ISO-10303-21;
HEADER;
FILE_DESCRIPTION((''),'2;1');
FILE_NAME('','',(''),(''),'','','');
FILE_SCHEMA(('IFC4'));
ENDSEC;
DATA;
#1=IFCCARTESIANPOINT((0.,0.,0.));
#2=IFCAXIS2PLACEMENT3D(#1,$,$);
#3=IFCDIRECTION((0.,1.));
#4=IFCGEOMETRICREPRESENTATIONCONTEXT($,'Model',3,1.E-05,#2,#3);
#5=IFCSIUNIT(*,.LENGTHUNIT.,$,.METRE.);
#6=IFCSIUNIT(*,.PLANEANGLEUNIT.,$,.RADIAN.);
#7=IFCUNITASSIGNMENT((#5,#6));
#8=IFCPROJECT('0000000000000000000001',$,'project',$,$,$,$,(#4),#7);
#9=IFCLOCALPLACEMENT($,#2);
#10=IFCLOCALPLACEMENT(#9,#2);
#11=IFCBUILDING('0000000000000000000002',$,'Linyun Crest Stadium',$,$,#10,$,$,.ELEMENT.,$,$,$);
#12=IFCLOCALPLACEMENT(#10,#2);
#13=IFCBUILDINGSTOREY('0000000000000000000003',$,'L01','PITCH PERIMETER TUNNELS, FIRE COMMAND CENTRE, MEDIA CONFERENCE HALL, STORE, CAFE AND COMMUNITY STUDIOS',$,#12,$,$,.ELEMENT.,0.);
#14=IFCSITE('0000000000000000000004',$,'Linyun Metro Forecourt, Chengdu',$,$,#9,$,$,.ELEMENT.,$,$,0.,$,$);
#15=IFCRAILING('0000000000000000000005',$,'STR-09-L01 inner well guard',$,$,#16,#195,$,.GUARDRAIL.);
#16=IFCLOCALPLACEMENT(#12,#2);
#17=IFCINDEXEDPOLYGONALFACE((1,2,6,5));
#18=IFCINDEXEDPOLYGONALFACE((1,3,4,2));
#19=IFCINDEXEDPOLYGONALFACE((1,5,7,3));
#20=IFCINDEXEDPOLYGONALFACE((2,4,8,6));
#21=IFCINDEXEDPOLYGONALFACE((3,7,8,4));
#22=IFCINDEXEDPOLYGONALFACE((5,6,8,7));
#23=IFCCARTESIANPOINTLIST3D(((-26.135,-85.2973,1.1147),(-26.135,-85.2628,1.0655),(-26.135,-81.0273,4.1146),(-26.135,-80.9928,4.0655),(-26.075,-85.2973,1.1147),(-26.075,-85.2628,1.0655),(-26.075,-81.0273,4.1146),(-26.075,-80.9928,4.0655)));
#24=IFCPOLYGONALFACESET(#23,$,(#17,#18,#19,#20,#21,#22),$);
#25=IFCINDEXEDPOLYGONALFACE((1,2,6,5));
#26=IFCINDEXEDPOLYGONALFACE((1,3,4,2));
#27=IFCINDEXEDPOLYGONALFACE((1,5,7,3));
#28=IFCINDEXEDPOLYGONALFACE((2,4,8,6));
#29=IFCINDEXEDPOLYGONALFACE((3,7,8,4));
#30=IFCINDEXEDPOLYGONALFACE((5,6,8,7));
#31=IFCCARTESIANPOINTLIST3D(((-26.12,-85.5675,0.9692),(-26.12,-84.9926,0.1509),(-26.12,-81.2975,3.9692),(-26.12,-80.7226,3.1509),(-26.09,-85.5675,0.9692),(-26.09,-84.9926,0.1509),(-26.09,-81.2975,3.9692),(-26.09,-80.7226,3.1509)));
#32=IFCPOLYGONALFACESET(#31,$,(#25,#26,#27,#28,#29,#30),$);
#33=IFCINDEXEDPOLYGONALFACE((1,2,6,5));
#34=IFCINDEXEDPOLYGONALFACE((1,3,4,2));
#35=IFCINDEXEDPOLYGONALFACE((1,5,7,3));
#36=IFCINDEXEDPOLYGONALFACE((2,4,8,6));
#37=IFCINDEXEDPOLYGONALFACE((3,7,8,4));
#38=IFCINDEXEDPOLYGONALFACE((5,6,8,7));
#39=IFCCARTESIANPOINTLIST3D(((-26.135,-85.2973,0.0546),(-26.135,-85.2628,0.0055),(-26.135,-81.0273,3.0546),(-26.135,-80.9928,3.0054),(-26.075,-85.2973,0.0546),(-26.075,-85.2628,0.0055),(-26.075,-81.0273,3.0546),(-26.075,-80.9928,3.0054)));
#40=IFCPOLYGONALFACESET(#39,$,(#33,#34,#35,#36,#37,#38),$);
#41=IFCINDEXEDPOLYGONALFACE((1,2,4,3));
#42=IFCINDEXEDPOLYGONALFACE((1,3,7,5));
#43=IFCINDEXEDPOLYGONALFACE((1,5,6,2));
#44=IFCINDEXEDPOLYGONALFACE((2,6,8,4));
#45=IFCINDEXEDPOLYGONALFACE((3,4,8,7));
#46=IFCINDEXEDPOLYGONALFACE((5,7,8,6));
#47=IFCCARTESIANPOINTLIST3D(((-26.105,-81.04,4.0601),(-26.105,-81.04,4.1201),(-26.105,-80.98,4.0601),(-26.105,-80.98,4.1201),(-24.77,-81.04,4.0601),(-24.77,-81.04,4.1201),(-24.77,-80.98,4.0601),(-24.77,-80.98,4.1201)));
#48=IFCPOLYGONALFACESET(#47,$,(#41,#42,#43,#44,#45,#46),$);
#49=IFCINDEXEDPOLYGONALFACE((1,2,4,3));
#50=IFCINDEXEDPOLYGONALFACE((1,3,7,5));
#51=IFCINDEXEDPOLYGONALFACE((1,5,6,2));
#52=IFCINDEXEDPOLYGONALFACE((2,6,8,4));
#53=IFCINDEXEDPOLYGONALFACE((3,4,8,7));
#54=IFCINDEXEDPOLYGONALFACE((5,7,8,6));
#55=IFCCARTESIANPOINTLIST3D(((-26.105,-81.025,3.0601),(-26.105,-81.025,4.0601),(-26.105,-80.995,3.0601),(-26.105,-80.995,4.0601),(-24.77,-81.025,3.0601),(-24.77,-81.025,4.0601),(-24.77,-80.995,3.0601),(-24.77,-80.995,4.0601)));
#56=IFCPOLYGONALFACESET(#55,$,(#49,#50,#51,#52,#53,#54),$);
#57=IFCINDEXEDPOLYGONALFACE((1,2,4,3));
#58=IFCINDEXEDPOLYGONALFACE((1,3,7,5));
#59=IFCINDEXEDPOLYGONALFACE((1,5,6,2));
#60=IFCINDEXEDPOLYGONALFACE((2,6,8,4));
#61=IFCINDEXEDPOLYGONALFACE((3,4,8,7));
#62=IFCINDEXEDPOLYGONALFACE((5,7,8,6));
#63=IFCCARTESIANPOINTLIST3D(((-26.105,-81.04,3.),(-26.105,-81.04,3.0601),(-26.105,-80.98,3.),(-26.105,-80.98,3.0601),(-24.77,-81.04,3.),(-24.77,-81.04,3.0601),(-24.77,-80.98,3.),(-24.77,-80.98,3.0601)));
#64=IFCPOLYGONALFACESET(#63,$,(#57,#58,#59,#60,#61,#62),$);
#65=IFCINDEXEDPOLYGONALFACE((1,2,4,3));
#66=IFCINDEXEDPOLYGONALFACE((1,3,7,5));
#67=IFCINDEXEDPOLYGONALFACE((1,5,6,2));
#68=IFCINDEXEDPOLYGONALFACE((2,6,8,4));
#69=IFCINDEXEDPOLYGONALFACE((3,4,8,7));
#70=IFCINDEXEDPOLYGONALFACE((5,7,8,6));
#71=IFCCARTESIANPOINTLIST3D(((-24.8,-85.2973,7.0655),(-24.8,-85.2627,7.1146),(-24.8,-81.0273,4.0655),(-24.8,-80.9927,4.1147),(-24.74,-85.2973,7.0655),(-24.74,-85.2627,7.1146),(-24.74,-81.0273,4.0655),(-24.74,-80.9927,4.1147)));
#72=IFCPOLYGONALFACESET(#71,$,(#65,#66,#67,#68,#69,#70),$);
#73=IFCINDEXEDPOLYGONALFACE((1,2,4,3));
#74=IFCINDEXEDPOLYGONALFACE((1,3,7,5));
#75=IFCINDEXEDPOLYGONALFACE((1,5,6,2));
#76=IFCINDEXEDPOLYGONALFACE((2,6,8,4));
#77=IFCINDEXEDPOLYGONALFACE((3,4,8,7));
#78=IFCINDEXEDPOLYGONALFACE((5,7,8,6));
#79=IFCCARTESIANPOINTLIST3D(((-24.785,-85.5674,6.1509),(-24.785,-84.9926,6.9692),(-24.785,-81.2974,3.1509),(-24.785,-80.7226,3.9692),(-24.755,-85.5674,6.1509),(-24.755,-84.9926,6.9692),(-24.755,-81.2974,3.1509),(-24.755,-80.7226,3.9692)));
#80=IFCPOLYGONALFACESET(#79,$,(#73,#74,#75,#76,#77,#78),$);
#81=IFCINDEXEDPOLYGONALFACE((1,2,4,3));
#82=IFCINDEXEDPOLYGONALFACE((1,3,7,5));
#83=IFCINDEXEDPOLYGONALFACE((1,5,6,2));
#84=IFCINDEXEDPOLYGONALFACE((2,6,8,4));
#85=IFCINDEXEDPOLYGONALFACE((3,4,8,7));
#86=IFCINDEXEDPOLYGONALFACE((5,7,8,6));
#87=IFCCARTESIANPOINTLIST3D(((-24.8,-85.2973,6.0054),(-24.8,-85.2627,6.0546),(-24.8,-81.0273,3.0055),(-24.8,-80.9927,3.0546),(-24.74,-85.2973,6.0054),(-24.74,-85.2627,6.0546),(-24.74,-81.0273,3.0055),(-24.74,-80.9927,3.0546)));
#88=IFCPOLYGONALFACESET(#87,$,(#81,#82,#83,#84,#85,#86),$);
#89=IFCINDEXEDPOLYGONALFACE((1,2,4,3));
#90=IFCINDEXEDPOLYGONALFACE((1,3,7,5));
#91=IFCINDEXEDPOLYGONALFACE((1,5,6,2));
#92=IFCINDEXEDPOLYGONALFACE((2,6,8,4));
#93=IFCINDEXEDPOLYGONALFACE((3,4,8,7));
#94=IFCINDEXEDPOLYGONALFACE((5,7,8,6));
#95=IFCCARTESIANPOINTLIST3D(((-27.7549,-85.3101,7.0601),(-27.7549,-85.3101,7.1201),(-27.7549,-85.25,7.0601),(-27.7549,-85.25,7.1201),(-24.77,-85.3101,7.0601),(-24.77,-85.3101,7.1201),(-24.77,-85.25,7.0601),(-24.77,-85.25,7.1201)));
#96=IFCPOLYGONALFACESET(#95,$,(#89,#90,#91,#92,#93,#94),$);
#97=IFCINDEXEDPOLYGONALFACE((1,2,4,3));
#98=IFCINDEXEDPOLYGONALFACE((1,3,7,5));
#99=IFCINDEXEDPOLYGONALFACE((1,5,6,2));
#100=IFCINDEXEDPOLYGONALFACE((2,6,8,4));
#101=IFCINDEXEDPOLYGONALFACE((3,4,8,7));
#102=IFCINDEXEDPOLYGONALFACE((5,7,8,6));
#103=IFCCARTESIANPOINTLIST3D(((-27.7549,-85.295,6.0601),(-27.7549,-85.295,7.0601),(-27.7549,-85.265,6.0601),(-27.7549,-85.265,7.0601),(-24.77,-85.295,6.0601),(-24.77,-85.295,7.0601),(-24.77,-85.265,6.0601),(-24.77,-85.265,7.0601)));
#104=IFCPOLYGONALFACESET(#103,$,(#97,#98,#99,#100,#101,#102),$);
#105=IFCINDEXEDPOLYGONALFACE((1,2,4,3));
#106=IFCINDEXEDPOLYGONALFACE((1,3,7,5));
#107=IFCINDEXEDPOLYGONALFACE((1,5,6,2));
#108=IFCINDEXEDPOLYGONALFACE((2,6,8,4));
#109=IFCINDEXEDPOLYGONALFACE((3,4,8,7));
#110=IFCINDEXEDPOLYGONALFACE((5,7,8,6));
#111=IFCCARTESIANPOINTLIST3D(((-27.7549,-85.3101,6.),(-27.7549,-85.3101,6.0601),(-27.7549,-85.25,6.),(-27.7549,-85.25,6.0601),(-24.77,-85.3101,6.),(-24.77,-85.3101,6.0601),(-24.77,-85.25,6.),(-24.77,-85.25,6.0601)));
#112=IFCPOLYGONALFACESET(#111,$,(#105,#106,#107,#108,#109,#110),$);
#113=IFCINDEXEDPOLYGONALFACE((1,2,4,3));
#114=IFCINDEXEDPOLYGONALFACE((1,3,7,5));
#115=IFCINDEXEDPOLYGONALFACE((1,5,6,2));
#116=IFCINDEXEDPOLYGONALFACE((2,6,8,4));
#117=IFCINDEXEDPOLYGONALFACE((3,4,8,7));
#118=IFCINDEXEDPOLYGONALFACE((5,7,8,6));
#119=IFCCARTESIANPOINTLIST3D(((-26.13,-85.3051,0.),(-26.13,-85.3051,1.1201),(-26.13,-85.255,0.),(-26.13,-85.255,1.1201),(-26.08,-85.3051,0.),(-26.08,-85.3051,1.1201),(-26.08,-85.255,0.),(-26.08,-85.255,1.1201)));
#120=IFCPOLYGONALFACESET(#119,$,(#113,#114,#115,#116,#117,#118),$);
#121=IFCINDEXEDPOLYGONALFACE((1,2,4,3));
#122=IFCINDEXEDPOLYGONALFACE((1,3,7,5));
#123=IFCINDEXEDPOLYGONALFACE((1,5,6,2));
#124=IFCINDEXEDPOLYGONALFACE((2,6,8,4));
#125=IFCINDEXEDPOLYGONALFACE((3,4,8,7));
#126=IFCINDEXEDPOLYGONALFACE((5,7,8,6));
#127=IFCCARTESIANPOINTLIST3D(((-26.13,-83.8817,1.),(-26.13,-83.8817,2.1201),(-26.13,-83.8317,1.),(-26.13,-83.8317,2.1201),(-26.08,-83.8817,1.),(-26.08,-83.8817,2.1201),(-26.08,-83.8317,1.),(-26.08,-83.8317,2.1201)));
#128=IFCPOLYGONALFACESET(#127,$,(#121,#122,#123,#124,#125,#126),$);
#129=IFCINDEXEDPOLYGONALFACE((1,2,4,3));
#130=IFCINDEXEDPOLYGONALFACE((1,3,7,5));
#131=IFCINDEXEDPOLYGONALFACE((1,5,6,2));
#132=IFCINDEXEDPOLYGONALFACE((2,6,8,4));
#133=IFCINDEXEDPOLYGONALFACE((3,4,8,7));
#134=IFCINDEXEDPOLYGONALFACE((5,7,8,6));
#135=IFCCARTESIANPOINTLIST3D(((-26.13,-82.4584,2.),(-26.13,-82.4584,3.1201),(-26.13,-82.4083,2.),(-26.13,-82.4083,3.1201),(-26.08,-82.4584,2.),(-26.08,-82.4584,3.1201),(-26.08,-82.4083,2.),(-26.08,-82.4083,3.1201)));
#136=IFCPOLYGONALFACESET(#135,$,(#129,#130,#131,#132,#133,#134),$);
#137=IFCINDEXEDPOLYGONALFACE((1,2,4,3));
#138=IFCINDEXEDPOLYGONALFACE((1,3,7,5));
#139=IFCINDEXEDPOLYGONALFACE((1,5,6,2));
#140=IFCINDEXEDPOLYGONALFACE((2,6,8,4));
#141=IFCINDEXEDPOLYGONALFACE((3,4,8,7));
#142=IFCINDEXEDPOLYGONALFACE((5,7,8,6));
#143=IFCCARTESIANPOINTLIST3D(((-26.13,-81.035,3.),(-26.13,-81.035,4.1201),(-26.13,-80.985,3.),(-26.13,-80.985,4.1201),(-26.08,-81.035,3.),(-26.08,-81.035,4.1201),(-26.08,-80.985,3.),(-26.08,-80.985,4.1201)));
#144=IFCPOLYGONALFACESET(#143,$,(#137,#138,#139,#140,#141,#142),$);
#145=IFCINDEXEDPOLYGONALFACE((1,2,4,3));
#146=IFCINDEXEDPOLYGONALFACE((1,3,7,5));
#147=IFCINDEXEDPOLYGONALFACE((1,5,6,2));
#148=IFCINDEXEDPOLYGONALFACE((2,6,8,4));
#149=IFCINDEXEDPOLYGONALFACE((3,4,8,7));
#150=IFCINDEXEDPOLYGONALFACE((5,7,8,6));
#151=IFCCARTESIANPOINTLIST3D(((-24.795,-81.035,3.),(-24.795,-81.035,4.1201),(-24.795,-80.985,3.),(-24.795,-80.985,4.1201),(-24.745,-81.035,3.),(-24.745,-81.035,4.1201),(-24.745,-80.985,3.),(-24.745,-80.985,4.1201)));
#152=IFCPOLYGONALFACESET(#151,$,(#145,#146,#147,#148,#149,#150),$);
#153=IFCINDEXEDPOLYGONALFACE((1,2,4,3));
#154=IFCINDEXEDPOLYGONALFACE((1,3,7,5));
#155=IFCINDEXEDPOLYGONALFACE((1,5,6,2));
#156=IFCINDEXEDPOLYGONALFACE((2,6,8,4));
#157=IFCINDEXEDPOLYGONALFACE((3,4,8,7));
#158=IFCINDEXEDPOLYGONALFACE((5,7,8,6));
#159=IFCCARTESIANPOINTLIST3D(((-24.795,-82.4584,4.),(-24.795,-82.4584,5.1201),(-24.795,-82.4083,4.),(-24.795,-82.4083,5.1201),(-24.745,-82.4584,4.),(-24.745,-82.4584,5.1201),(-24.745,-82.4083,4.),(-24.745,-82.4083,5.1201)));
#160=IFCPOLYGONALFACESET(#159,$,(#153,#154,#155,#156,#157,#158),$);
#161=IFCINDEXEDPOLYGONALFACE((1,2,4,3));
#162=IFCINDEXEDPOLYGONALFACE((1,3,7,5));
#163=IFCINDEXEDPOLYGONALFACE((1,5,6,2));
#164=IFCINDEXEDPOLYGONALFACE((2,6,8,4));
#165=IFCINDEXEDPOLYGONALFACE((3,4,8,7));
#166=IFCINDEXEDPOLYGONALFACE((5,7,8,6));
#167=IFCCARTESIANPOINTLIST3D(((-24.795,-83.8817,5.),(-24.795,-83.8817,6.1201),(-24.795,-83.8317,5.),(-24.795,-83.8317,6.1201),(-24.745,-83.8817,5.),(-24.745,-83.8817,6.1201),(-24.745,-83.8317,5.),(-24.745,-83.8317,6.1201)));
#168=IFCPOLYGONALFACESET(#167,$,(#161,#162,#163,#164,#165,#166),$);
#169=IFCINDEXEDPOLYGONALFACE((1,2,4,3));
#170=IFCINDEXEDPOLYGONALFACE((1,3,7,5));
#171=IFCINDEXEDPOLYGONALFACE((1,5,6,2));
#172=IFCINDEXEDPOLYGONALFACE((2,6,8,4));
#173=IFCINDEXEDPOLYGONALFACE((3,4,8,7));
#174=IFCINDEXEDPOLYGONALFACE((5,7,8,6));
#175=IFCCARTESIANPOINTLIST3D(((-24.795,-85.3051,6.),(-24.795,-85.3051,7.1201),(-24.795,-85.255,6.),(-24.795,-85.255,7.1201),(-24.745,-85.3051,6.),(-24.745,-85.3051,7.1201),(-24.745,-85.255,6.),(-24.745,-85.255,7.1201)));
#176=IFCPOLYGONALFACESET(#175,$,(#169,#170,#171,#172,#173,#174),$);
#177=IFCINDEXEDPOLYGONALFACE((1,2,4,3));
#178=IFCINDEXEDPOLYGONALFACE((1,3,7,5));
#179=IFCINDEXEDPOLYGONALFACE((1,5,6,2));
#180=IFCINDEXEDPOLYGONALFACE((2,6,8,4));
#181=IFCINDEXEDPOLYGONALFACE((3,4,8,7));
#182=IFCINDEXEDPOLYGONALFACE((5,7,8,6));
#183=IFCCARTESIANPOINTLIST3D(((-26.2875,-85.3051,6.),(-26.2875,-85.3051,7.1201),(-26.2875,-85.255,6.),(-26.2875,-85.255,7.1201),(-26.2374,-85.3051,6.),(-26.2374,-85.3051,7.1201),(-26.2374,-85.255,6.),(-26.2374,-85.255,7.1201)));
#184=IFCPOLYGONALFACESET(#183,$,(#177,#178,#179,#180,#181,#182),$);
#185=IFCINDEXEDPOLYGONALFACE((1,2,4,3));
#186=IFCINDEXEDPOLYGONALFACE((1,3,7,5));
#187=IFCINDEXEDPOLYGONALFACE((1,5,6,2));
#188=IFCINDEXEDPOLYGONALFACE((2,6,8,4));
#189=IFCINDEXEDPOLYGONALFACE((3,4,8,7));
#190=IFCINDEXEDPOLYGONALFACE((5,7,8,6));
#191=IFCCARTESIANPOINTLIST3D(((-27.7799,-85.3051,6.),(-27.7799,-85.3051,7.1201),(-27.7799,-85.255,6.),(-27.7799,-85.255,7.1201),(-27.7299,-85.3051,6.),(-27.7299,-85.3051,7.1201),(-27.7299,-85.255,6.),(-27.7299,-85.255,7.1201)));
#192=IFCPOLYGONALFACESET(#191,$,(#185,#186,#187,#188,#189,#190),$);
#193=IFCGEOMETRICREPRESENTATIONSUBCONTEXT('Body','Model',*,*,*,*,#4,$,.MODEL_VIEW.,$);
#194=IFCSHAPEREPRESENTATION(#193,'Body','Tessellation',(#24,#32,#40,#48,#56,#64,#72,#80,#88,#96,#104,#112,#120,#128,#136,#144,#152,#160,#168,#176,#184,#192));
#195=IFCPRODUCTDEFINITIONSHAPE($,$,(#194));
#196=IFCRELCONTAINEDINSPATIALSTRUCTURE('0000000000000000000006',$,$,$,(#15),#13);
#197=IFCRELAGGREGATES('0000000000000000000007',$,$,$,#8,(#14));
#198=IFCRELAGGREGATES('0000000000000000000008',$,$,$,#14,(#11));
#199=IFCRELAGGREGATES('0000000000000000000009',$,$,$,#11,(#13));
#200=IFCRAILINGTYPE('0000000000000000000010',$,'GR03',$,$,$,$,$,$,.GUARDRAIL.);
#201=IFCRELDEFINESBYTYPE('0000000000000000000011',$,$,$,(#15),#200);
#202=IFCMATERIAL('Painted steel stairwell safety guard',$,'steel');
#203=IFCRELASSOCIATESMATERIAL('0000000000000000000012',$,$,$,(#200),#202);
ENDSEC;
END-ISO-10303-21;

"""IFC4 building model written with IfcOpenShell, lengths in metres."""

from ifc_helpers import new_model, si_unit, direction, frame, origin, origin_2d, place, context, subcontext, project, spatial, rectangle, extrude, material, type_object, element, save


model = new_model("IFC4")

# Units and contexts
model_context = context("Model", 3, precision=1e-05, world=origin(), true_north=direction((0.0, 1.0)))
body_context = subcontext(model_context, "Body", "Model", "MODEL_VIEW")
ifc_project = project(units=[si_unit("LENGTHUNIT", "METRE"), si_unit("PLANEANGLEUNIT", "RADIAN")], contexts=[model_context])

# Site, building, storey
site_placement = place(None, origin())
site = spatial("IfcSite", under=ifc_project, at=site_placement, Name="Linyun Metro Forecourt, Chengdu", CompositionType="ELEMENT", RefElevation=0.0)
building_placement = place(site_placement, origin())
building = spatial("IfcBuilding", under=site, at=building_placement, Name="Linyun Crest Stadium", CompositionType="ELEMENT")
storey_placement = place(building_placement, origin())
storey = spatial("IfcBuildingStorey", under=building, at=storey_placement, Name="L01", Description="PITCH PERIMETER TUNNELS, FIRE COMMAND CENTRE, MEDIA CONFERENCE HALL, STORE, CAFE AND COMMUNITY STUDIOS", CompositionType="ELEMENT", Elevation=0.0)

# Railing
ifc_material_1 = material(Name="Painted steel stairwell safety guard", Category="steel")
railing_type_1 = type_object("IfcRailingType", Name="GR03", PredefinedType="GUARDRAIL", material=ifc_material_1)
railing_1_placement = place(storey_placement, frame((-26.105, -85.28, 0.0)))
element("IfcRailing", 1, at=railing_1_placement, inside=storey, type_object=railing_type_1, Name="STR-09-L01 inner well guard", PredefinedType="GUARDRAIL", context=body_context, shape_type="SweptSolid", body=[
    extrude(rectangle(XDim=0.0601, YDim=0.0601, at=origin_2d()), frame((0.0, 0.0, 1.0901), z_axis=(0.0, 0.818242, 0.574874), x_axis=(-1.0, 0.0, 0.0)), (0.0, 0.0, 1.0), 5.2185),
    extrude(rectangle(XDim=0.03, YDim=1.0, at=origin_2d()), frame((0.0, 0.0, 0.5601), z_axis=(0.0, 0.818242, 0.574874), x_axis=(-1.0, 0.0, 0.0)), (0.0, 0.0, 1.0), 5.2185),
    extrude(rectangle(XDim=0.0601, YDim=0.0601, at=origin_2d()), frame((0.0, 0.0, 0.03), z_axis=(0.0, 0.818242, 0.574874), x_axis=(-1.0, 0.0, 0.0)), (0.0, 0.0, 1.0), 5.2185),
    extrude(rectangle(XDim=0.0601, YDim=0.0601, at=origin_2d()), frame((0.0, 4.27, 4.0901), z_axis=(1.0, 0.0, 0.0), x_axis=(0.0, 1.0, 0.0)), (0.0, 0.0, 1.0), 1.335),
    extrude(rectangle(XDim=0.03, YDim=1.0, at=origin_2d()), frame((0.0, 4.27, 3.5601), z_axis=(1.0, 0.0, 0.0), x_axis=(0.0, 1.0, 0.0)), (0.0, 0.0, 1.0), 1.335),
    extrude(rectangle(XDim=0.0601, YDim=0.0601, at=origin_2d()), frame((0.0, 4.27, 3.03), z_axis=(1.0, 0.0, 0.0), x_axis=(0.0, 1.0, 0.0)), (0.0, 0.0, 1.0), 1.335),
    extrude(rectangle(XDim=0.0601, YDim=0.0601, at=origin_2d()), frame((1.335, 4.27, 4.0901), z_axis=(0.0, -0.818242, 0.574874), x_axis=(1.0, 0.0, 0.0)), (0.0, 0.0, 1.0), 5.2185),
    extrude(rectangle(XDim=0.03, YDim=1.0, at=origin_2d()), frame((1.335, 4.27, 3.5601), z_axis=(0.0, -0.818242, 0.574874), x_axis=(1.0, 0.0, 0.0)), (0.0, 0.0, 1.0), 5.2185),
    extrude(rectangle(XDim=0.0601, YDim=0.0601, at=origin_2d()), frame((1.335, 4.27, 3.03), z_axis=(0.0, -0.818242, 0.574874), x_axis=(1.0, 0.0, 0.0)), (0.0, 0.0, 1.0), 5.2185),
    extrude(rectangle(XDim=0.0601, YDim=0.0601, at=origin_2d()), frame((1.335, 0.0, 7.0901), z_axis=(-1.0, 0.0, 0.0), x_axis=(0.0, -1.0, 0.0)), (0.0, 0.0, 1.0), 2.9849),
    extrude(rectangle(XDim=0.03, YDim=1.0, at=origin_2d()), frame((1.335, 0.0, 6.5601), z_axis=(-1.0, 0.0, 0.0), x_axis=(0.0, -1.0, 0.0)), (0.0, 0.0, 1.0), 2.9849),
    extrude(rectangle(XDim=0.0601, YDim=0.0601, at=origin_2d()), frame((1.335, 0.0, 6.03), z_axis=(-1.0, 0.0, 0.0), x_axis=(0.0, -1.0, 0.0)), (0.0, 0.0, 1.0), 2.9849),
    extrude(rectangle(XDim=0.05, YDim=0.05, at=origin_2d()), origin(), (0.0, 0.0, 1.0), 1.1201),
    extrude(rectangle(XDim=0.05, YDim=0.05, at=origin_2d()), frame((0.0, 1.4233, 1.0)), (0.0, 0.0, 1.0), 1.1201),
    extrude(rectangle(XDim=0.05, YDim=0.05, at=origin_2d()), frame((0.0, 2.8467, 2.0)), (0.0, 0.0, 1.0), 1.1201),
    extrude(rectangle(XDim=0.05, YDim=0.05, at=origin_2d()), frame((0.0, 4.27, 3.0)), (0.0, 0.0, 1.0), 1.1201),
    extrude(rectangle(XDim=0.05, YDim=0.05, at=origin_2d()), frame((1.335, 4.27, 3.0)), (0.0, 0.0, 1.0), 1.1201),
    extrude(rectangle(XDim=0.05, YDim=0.05, at=origin_2d()), frame((1.335, 2.8467, 4.0)), (0.0, 0.0, 1.0), 1.1201),
    extrude(rectangle(XDim=0.05, YDim=0.05, at=origin_2d()), frame((1.335, 1.4233, 5.0)), (0.0, 0.0, 1.0), 1.1201),
    extrude(rectangle(XDim=0.05, YDim=0.05, at=origin_2d()), frame((1.335, 0.0, 6.0)), (0.0, 0.0, 1.0), 1.1201),
    extrude(rectangle(XDim=0.05, YDim=0.05, at=origin_2d()), frame((-0.1575, 0.0, 6.0)), (0.0, 0.0, 1.0), 1.1201),
    extrude(rectangle(XDim=0.05, YDim=0.05, at=origin_2d()), frame((-1.6499, 0.0, 6.0)), (0.0, 0.0, 1.0), 1.1201),
])

save(model, "model.ifc")
